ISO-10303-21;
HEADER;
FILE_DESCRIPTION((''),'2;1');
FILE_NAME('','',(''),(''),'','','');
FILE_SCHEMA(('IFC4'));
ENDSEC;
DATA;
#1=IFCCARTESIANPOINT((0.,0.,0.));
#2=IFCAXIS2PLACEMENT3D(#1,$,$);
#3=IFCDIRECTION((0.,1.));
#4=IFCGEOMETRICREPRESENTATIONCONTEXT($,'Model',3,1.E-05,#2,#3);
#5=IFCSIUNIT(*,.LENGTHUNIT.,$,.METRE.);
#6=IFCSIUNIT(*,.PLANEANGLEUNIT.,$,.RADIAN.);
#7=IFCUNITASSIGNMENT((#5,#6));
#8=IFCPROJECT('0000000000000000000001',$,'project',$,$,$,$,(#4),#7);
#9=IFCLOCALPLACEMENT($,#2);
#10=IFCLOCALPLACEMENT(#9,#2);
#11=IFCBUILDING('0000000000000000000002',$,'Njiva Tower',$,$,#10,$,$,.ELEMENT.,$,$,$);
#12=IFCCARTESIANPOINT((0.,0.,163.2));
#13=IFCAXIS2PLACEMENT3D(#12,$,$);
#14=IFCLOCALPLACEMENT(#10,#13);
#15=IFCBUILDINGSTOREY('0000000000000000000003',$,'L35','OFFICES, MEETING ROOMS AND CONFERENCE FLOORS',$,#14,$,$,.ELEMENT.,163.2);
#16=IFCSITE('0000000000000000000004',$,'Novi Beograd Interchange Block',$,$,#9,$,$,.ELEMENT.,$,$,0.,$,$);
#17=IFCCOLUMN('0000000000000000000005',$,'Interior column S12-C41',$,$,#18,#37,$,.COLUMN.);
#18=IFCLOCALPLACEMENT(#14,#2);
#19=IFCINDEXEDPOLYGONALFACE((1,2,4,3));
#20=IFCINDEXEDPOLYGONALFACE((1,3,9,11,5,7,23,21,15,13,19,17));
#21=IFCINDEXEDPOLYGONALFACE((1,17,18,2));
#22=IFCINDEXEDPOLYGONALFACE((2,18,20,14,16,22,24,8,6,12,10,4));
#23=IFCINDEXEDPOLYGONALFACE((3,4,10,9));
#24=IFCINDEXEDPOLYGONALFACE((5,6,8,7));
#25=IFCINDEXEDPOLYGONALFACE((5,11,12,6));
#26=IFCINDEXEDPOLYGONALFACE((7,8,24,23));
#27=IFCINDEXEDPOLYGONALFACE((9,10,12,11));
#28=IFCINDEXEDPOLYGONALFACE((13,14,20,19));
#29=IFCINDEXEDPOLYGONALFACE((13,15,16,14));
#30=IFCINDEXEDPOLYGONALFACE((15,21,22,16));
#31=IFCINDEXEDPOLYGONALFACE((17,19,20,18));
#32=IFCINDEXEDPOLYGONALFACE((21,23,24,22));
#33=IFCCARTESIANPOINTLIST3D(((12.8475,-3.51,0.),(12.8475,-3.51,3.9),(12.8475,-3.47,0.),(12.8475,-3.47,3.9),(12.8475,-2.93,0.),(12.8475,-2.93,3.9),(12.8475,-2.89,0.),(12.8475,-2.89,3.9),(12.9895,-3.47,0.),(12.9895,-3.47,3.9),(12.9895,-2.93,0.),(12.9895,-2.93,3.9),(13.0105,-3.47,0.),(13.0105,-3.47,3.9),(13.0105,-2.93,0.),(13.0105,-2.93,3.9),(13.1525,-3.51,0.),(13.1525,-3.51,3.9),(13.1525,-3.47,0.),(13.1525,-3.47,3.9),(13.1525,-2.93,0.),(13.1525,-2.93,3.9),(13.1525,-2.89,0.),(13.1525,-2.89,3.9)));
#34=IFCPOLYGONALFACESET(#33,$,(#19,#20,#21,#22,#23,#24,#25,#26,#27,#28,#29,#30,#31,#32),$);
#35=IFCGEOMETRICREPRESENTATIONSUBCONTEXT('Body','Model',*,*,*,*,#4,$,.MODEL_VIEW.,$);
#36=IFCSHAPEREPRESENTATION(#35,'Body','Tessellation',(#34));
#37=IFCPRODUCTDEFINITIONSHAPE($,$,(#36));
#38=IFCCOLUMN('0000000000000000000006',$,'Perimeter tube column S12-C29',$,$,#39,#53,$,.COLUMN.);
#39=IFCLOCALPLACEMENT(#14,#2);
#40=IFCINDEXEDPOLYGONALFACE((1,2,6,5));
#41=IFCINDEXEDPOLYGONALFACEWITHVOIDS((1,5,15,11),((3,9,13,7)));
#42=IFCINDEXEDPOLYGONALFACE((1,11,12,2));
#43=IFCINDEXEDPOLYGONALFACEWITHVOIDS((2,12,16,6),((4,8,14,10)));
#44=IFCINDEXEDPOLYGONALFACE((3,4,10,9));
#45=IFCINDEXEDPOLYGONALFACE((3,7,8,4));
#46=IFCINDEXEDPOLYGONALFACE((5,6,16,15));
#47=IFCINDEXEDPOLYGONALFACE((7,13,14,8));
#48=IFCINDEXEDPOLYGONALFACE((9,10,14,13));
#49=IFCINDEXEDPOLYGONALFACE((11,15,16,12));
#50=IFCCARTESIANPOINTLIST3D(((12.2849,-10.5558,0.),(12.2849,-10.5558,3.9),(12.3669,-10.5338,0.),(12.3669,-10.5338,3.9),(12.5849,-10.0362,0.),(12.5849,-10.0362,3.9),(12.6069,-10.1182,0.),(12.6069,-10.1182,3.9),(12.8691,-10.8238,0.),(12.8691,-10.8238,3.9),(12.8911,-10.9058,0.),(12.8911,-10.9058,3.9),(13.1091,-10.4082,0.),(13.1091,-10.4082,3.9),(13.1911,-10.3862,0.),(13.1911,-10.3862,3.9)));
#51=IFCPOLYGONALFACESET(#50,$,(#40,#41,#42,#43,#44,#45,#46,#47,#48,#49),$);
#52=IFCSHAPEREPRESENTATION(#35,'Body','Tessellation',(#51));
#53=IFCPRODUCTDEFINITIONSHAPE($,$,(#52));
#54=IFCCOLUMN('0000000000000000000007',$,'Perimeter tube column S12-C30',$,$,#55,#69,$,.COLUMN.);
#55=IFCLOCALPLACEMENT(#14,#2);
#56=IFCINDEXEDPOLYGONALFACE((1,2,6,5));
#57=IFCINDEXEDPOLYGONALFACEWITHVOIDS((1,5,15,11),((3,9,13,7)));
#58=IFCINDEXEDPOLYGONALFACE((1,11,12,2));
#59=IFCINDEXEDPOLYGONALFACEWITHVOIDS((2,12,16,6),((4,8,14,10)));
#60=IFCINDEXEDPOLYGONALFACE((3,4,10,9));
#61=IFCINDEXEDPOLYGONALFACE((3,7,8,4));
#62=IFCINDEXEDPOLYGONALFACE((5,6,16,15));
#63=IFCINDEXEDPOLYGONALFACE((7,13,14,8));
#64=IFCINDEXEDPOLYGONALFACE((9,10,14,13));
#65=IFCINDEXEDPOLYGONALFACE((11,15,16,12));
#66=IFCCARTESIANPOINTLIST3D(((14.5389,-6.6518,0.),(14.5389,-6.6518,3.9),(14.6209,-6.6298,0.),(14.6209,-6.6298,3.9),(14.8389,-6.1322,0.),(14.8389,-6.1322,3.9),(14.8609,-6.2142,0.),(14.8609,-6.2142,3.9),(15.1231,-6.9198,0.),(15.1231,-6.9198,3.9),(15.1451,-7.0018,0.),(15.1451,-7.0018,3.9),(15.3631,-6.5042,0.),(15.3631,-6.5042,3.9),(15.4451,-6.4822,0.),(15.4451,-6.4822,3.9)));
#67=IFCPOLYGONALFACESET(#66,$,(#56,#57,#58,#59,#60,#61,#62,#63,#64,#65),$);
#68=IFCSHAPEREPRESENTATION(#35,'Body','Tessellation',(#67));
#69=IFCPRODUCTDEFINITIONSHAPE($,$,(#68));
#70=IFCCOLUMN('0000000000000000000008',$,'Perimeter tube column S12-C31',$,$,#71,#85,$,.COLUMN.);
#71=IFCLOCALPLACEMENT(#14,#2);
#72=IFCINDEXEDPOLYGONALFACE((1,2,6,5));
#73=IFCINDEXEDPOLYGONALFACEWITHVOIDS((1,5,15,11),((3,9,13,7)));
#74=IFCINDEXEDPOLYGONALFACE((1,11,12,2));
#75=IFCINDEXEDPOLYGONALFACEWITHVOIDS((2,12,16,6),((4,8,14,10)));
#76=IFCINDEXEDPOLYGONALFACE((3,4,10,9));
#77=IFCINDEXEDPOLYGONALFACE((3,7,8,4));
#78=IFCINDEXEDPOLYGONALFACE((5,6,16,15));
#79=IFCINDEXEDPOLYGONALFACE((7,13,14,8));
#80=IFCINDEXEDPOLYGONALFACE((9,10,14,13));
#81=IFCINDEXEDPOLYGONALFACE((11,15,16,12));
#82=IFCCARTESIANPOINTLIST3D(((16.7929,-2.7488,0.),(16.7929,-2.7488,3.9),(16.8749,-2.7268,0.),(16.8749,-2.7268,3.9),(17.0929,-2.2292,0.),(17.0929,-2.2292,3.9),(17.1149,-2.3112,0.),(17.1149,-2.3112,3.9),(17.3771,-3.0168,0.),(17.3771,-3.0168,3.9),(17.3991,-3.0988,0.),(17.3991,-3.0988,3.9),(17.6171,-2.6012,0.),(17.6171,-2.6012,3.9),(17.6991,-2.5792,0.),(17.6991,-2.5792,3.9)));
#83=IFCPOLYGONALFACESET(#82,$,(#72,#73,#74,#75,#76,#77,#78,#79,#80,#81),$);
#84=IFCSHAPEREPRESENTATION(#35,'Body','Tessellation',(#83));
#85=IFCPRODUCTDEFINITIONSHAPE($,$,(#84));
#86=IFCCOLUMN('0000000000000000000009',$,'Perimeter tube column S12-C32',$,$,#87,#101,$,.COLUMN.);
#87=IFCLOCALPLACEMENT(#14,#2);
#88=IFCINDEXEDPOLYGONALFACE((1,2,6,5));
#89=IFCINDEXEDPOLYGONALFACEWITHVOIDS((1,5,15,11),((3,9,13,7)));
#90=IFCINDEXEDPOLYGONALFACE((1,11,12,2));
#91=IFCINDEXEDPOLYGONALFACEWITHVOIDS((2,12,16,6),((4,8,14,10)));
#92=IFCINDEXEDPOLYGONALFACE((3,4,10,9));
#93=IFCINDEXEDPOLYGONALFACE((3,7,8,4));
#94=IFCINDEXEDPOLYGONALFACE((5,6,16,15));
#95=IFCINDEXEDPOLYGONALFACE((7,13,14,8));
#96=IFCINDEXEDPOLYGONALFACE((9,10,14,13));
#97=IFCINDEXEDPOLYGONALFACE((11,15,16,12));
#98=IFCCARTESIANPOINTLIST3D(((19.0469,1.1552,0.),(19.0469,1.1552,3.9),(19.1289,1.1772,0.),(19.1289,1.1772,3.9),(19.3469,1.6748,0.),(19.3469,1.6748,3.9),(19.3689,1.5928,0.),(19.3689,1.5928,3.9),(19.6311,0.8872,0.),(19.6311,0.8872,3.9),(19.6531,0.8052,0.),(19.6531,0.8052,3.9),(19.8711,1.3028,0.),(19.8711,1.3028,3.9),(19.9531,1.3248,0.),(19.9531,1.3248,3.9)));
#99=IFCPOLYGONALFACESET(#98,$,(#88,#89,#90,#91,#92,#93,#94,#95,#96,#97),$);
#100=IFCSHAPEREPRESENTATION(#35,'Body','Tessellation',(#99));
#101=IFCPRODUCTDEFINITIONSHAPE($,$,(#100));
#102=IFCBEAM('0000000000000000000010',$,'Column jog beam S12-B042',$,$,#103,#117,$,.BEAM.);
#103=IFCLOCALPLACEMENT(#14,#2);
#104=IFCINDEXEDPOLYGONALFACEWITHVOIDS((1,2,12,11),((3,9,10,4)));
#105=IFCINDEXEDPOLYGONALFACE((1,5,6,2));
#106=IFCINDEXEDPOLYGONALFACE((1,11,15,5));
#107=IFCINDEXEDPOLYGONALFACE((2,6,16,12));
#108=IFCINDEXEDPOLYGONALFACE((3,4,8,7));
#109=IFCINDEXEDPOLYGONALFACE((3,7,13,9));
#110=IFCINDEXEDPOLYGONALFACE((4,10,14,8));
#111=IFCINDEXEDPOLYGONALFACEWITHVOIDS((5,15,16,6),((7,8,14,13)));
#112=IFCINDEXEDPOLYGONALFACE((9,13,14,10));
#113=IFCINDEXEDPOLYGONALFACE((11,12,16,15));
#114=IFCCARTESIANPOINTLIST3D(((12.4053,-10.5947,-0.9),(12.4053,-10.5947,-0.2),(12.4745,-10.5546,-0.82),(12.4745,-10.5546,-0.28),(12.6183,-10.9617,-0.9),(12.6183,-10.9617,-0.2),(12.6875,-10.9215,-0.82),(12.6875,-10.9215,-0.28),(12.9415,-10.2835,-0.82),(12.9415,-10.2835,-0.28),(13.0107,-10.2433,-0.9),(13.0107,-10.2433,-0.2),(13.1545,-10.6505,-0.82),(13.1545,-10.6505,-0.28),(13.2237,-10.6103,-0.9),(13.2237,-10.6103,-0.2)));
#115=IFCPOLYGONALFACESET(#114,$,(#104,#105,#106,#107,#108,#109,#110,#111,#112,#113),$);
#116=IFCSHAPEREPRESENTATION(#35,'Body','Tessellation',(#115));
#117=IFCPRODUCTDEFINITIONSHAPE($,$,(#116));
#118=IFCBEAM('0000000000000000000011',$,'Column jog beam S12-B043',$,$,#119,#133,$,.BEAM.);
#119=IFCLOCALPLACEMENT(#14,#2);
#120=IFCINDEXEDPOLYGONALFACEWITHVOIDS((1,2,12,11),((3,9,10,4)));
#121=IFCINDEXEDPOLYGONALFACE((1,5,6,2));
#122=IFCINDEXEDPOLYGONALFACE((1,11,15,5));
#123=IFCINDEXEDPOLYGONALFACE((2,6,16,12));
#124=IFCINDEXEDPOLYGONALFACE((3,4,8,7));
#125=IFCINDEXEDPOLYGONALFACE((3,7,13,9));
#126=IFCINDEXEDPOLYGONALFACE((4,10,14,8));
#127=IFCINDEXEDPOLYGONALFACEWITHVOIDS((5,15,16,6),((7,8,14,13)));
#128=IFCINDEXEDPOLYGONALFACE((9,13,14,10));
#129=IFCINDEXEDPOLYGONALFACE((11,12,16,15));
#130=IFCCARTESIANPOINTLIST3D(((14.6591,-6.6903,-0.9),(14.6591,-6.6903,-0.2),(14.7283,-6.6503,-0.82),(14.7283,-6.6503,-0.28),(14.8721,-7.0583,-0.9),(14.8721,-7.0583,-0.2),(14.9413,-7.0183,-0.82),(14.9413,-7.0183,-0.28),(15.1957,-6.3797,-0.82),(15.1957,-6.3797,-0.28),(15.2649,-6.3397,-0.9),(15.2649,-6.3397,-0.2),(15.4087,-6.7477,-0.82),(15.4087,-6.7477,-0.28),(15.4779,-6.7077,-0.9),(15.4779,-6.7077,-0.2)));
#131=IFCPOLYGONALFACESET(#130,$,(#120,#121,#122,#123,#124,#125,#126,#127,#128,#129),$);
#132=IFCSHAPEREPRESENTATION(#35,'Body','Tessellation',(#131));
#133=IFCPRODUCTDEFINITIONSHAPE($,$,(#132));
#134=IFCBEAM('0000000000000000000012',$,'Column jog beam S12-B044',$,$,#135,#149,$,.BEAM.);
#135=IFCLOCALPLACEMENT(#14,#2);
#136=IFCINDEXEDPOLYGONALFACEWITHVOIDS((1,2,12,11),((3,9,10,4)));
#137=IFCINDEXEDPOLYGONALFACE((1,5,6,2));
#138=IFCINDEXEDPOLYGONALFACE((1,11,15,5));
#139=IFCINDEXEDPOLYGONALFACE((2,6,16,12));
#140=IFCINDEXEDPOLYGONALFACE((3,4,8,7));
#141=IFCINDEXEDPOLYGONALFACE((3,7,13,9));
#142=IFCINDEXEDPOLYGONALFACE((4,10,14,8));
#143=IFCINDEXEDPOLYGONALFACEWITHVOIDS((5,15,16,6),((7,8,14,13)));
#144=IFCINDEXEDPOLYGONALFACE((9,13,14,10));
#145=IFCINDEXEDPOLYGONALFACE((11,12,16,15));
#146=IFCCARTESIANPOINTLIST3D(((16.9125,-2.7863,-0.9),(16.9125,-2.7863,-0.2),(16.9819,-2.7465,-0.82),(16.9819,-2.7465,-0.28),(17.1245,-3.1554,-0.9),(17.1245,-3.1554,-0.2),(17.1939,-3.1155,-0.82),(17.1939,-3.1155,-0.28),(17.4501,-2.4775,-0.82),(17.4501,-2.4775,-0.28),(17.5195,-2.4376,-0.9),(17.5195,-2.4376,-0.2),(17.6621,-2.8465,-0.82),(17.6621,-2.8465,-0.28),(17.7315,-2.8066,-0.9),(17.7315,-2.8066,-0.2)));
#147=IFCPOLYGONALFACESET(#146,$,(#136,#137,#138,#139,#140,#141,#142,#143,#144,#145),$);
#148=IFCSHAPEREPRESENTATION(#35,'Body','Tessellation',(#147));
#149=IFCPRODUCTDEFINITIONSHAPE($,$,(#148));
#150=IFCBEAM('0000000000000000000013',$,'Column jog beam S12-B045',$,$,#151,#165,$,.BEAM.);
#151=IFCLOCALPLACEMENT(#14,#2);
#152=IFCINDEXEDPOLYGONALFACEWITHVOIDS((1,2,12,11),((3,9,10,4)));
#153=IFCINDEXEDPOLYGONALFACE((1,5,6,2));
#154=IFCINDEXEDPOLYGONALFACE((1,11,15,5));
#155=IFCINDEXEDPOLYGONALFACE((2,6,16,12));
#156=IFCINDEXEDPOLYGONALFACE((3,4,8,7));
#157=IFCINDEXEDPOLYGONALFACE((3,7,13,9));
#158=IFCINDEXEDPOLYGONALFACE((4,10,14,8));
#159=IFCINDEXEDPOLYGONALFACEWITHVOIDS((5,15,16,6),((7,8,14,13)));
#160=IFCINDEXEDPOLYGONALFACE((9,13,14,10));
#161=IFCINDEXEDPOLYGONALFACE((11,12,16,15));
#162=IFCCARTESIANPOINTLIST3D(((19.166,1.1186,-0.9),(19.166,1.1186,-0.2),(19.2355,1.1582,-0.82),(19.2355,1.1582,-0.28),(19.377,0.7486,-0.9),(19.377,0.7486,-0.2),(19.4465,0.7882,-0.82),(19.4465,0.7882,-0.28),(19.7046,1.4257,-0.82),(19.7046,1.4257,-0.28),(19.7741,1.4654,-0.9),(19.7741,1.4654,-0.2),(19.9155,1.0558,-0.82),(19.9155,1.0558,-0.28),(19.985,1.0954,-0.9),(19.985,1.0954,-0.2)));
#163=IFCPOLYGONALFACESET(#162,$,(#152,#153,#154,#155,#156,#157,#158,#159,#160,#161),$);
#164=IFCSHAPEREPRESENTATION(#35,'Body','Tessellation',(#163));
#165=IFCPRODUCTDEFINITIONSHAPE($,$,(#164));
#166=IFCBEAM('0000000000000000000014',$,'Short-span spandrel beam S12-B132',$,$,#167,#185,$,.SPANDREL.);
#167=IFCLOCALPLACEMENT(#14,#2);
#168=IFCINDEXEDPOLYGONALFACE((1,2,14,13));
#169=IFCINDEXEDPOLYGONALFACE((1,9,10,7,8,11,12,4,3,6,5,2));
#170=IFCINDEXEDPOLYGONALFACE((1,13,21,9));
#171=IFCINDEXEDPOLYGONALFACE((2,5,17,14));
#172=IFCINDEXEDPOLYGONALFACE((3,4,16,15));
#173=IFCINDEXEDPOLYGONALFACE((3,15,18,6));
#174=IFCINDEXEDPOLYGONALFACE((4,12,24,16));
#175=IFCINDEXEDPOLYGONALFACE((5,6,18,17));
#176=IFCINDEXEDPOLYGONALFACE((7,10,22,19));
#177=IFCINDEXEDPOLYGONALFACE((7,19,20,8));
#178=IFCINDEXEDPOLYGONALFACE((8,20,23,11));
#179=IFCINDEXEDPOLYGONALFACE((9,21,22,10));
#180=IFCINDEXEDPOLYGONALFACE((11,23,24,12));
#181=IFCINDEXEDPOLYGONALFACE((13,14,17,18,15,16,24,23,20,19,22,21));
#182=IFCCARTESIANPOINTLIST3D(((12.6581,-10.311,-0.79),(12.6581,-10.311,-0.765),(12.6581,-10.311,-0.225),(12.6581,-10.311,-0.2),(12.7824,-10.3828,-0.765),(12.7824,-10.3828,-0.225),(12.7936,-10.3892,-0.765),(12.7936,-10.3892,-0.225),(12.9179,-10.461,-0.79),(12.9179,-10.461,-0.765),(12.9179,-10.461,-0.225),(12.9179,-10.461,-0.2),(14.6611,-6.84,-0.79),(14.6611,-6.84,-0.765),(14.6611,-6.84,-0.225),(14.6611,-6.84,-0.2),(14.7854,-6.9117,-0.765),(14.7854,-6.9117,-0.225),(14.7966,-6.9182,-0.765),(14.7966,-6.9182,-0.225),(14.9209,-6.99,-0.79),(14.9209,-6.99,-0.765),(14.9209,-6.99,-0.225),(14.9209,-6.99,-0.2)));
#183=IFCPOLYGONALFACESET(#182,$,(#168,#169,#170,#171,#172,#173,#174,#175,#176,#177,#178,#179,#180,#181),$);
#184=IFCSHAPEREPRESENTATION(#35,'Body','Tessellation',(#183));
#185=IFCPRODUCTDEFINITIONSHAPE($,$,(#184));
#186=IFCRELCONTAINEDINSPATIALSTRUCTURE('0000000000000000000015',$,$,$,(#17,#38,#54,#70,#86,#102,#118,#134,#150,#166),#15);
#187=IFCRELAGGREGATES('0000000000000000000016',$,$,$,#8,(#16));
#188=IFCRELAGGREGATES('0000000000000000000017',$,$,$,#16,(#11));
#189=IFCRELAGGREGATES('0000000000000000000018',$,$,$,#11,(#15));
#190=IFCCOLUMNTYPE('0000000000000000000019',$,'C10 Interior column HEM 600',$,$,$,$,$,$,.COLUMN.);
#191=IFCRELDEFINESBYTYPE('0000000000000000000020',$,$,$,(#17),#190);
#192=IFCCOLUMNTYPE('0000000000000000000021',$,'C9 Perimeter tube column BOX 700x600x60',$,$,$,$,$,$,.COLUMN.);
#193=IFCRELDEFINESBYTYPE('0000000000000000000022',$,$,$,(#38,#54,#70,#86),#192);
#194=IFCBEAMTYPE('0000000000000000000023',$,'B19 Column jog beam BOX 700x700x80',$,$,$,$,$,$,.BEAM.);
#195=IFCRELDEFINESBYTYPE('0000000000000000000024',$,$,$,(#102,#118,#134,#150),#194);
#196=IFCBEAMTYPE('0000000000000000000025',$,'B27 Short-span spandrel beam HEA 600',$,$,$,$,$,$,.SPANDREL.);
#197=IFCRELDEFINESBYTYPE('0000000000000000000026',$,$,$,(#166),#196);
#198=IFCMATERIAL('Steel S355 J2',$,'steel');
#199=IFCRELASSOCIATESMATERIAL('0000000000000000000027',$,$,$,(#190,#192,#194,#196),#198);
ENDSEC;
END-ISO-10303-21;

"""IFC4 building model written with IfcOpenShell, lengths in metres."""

from ifc_helpers import new_model, si_unit, direction, frame, origin, origin_2d, place, context, subcontext, project, spatial, hollow_rectangle, i_section, extrude, material, material_profile, profile_set, type_object, element, save


model = new_model("IFC4")

# Units and contexts
model_context = context("Model", 3, precision=1e-05, world=origin(), true_north=direction((0.0, 1.0)))
body_context = subcontext(model_context, "Body", "Model", "MODEL_VIEW")
ifc_project = project(units=[si_unit("LENGTHUNIT", "METRE"), si_unit("PLANEANGLEUNIT", "RADIAN")], contexts=[model_context])

# Site, building, storey
site_placement = place(None, origin())
site = spatial("IfcSite", under=ifc_project, at=site_placement, Name="Novi Beograd Interchange Block", CompositionType="ELEMENT", RefElevation=0.0)
building_placement = place(site_placement, origin())
building = spatial("IfcBuilding", under=site, at=building_placement, Name="Njiva Tower", CompositionType="ELEMENT")
storey_placement = place(building_placement, frame((0.0, 0.0, 163.2)))
storey = spatial("IfcBuildingStorey", under=building, at=storey_placement, Name="L35", Description="OFFICES, MEETING ROOMS AND CONFERENCE FLOORS", CompositionType="ELEMENT", Elevation=163.2)

# Columns
ifc_material_1 = material(Name="Steel S355 J2", Category="steel")
ifc_material_profile_1 = material_profile(ifc_material_1, i_section(OverallWidth=0.305, OverallDepth=0.62, WebThickness=0.021, FlangeThickness=0.04, at=origin_2d()), Name="HEM 600")
ifc_profile_set_1 = profile_set([ifc_material_profile_1], Name="Steel S355 J2")
column_type_1 = type_object("IfcColumnType", Name="C10 Interior column HEM 600", PredefinedType="COLUMN", material=ifc_profile_set_1)
column_placement = place(storey_placement, frame((13.0, -3.2, 0.0), z_axis=(0.0, 0.0, 1.0), x_axis=(1.0, 0.0, 0.0)))
element("IfcColumn", 1, at=column_placement, inside=storey, type_object=column_type_1, Name="Interior column S12-C41", PredefinedType="COLUMN", context=body_context, shape_type="SweptSolid", body=[
    extrude(i_section(OverallWidth=0.305, OverallDepth=0.62, WebThickness=0.021, FlangeThickness=0.04, at=origin_2d()), origin(), (0.0, 0.0, 1.0), 3.9),
])
ifc_material_profile_2 = material_profile(ifc_material_1, hollow_rectangle(XDim=0.6, YDim=0.7, WallThickness=0.06, at=origin_2d()), Name="BOX 700x600x60")
ifc_profile_set_2 = profile_set([ifc_material_profile_2], Name="Steel S355 J2")
column_type_2 = type_object("IfcColumnType", Name="C9 Perimeter tube column BOX 700x600x60", PredefinedType="COLUMN", material=ifc_profile_set_2)
for number, where, z_axis, x_axis, name in (
    (2, (12.738, -10.471, 0.0), (0.0, 0.0, 1.0), (0.5, 0.866025, 0.0), "Perimeter tube column S12-C29"),
    (3, (14.992, -6.567, 0.0), (0.0, 0.0, 1.0), (0.5, 0.866025, 0.0), "Perimeter tube column S12-C30"),
    (4, (17.246, -2.664, 0.0), (0.0, 0.0, 1.0), (0.5, 0.866025, 0.0), "Perimeter tube column S12-C31"),
    (5, (19.5, 1.24, 0.0), (0.0, 0.0, 1.0), (0.5, 0.866025, 0.0), "Perimeter tube column S12-C32"),
):
    element("IfcColumn", number, at=place(storey_placement, frame(where, z_axis=z_axis, x_axis=x_axis)), inside=storey, type_object=column_type_2, Name=name, PredefinedType="COLUMN", context=body_context, shape_type="SweptSolid", body=[
        extrude(hollow_rectangle(XDim=0.6, YDim=0.7, WallThickness=0.06, at=origin_2d()), origin(), (0.0, 0.0, 1.0), 3.9),
    ])

# Beams
ifc_material_profile_3 = material_profile(ifc_material_1, hollow_rectangle(XDim=0.7, YDim=0.7, WallThickness=0.08, at=origin_2d()), Name="BOX 700x700x80")
ifc_profile_set_3 = profile_set([ifc_material_profile_3], Name="Steel S355 J2")
beam_type_1 = type_object("IfcBeamType", Name="B19 Column jog beam BOX 700x700x80", PredefinedType="BEAM", material=ifc_profile_set_3)
beam_1_placement = place(storey_placement, frame((12.921, -10.786, -0.55), z_axis=(-0.501965, 0.864888, 0.0), x_axis=(-0.864888, -0.501965, 0.0)))
element("IfcBeam", 6, at=beam_1_placement, inside=storey, type_object=beam_type_1, Name="Column jog beam S12-B042", PredefinedType="BEAM", context=body_context, shape_type="SweptSolid", body=[
    extrude(hollow_rectangle(XDim=0.7, YDim=0.7, WallThickness=0.08, at=origin_2d()), origin(), (0.0, 0.0, 1.0), 0.4243),
])
beam_2_placement = place(storey_placement, frame((15.175, -6.883, -0.55), z_axis=(-0.500944, 0.86548, 0.0), x_axis=(-0.86548, -0.500944, 0.0)))
element("IfcBeam", 7, at=beam_2_placement, inside=storey, type_object=beam_type_1, Name="Column jog beam S12-B043", PredefinedType="BEAM", context=body_context, shape_type="SweptSolid", body=[
    extrude(hollow_rectangle(XDim=0.7, YDim=0.7, WallThickness=0.08, at=origin_2d()), origin(), (0.0, 0.0, 1.0), 0.4252),
])
beam_3_placement = place(storey_placement, frame((17.428, -2.981, -0.55), z_axis=(-0.498162, 0.867084, 0.0), x_axis=(-0.867084, -0.498162, 0.0)))
element("IfcBeam", 8, at=beam_3_placement, inside=storey, type_object=beam_type_1, Name="Column jog beam S12-B044", PredefinedType="BEAM", context=body_context, shape_type="SweptSolid", body=[
    extrude(hollow_rectangle(XDim=0.7, YDim=0.7, WallThickness=0.08, at=origin_2d()), origin(), (0.0, 0.0, 1.0), 0.4256),
])
beam_4_placement = place(storey_placement, frame((19.681, 0.922, -0.55), z_axis=(-0.49538, 0.868676, 0.0), x_axis=(-0.868676, -0.49538, 0.0)))
element("IfcBeam", 9, at=beam_4_placement, inside=storey, type_object=beam_type_1, Name="Column jog beam S12-B045", PredefinedType="BEAM", context=body_context, shape_type="SweptSolid", body=[
    extrude(hollow_rectangle(XDim=0.7, YDim=0.7, WallThickness=0.08, at=origin_2d()), origin(), (0.0, 0.0, 1.0), 0.4259),
])
ifc_material_profile_4 = material_profile(ifc_material_1, i_section(OverallWidth=0.3, OverallDepth=0.59, WebThickness=0.013, FlangeThickness=0.025, at=origin_2d()), Name="HEA 600")
ifc_profile_set_4 = profile_set([ifc_material_profile_4], Name="Steel S355 J2")
beam_type_2 = type_object("IfcBeamType", Name="B27 Short-span spandrel beam HEA 600", PredefinedType="SPANDREL", material=ifc_profile_set_4)
beam_5_placement = place(storey_placement, frame((12.788, -10.386, -0.495), z_axis=(0.499816, 0.866132, 0.0), x_axis=(-0.866132, 0.499816, 0.0)))
element("IfcBeam", 10, at=beam_5_placement, inside=storey, type_object=beam_type_2, Name="Short-span spandrel beam S12-B132", PredefinedType="SPANDREL", context=body_context, shape_type="SweptSolid", body=[
    extrude(i_section(OverallWidth=0.3, OverallDepth=0.59, WebThickness=0.013, FlangeThickness=0.025, at=origin_2d()), origin(), (0.0, 0.0, 1.0), 4.0075),
])

save(model, "model.ifc")
